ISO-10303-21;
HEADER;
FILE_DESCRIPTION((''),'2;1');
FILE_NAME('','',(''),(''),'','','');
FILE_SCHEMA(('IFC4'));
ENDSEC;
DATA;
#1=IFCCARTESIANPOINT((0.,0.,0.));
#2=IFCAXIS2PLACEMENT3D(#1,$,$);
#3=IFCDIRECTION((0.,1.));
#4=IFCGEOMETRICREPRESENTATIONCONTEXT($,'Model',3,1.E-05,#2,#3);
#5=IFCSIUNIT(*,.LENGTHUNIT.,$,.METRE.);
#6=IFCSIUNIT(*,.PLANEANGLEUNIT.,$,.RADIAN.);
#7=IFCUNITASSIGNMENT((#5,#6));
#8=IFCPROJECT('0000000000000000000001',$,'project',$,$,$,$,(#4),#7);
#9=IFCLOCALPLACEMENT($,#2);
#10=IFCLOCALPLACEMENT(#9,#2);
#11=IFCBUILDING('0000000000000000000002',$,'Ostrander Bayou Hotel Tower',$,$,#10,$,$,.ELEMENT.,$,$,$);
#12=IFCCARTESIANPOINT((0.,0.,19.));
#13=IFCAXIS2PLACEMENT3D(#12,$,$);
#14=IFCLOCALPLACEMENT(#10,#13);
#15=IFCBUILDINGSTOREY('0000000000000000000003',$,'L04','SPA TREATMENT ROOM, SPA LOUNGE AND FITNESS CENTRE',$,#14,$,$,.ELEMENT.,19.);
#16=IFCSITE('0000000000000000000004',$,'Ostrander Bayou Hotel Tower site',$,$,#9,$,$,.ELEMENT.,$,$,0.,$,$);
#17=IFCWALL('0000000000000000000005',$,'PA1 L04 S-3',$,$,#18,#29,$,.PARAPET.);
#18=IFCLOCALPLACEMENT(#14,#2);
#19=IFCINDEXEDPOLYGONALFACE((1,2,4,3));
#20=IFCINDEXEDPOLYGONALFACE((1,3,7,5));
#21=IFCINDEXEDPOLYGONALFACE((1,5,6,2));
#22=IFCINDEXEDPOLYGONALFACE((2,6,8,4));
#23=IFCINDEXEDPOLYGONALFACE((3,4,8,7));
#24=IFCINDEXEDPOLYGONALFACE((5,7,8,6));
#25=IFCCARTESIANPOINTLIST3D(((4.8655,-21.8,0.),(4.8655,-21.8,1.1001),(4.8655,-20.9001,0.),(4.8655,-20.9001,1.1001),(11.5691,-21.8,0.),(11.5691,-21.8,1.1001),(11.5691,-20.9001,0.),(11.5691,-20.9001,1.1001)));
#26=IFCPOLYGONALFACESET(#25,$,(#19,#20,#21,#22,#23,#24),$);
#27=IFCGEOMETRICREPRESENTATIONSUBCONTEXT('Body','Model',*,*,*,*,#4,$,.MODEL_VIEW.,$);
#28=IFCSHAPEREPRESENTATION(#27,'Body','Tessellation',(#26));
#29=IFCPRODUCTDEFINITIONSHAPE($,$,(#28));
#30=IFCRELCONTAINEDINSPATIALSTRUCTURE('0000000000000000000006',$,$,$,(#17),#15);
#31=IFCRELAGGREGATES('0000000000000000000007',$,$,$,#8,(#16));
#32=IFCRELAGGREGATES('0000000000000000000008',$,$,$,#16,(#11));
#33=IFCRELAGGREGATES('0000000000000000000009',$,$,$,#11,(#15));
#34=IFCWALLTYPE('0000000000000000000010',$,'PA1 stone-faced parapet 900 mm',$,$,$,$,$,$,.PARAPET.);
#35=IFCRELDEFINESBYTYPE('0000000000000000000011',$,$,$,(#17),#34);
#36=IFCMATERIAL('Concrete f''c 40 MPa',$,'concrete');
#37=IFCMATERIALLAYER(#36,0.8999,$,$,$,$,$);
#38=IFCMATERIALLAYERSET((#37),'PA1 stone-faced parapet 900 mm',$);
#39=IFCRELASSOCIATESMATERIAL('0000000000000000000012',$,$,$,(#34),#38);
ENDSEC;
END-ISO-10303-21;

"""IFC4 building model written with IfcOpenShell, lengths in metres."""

from ifc_helpers import new_model, si_unit, direction, frame, frame_2d, origin, place, context, subcontext, project, spatial, rectangle, extrude, material, layer, layer_set, type_object, element, save


model = new_model("IFC4")

# Units and contexts
model_context = context("Model", 3, precision=1e-05, world=origin(), true_north=direction((0.0, 1.0)))
body_context = subcontext(model_context, "Body", "Model", "MODEL_VIEW")
ifc_project = project(units=[si_unit("LENGTHUNIT", "METRE"), si_unit("PLANEANGLEUNIT", "RADIAN")], contexts=[model_context])

# Site, building, storey
site_placement = place(None, origin())
site = spatial("IfcSite", under=ifc_project, at=site_placement, Name="Ostrander Bayou Hotel Tower site", CompositionType="ELEMENT", RefElevation=0.0)
building_placement = place(site_placement, origin())
building = spatial("IfcBuilding", under=site, at=building_placement, Name="Ostrander Bayou Hotel Tower", CompositionType="ELEMENT")
storey_placement = place(building_placement, frame((0.0, 0.0, 19.0)))
storey = spatial("IfcBuildingStorey", under=building, at=storey_placement, Name="L04", Description="SPA TREATMENT ROOM, SPA LOUNGE AND FITNESS CENTRE", CompositionType="ELEMENT", Elevation=19.0)

# Wall
ifc_material_1 = material(Name="Concrete f'c 40 MPa", Category="concrete")
ifc_layer_1 = layer(ifc_material_1, 0.8999)
ifc_layer_set_1 = layer_set([ifc_layer_1], Name="PA1 stone-faced parapet 900 mm")
wall_type_1 = type_object("IfcWallType", Name="PA1 stone-faced parapet 900 mm", PredefinedType="PARAPET", material=ifc_layer_set_1)
wall_1_placement = place(storey_placement, frame((4.8655, -21.3501, 0.0), z_axis=(0.0, 0.0, 1.0), x_axis=(1.0, 0.0, 0.0)))
element("IfcWall", 1, at=wall_1_placement, inside=storey, type_object=wall_type_1, Name="PA1 L04 S-3", PredefinedType="PARAPET", context=body_context, shape_type="SweptSolid", body=[
    extrude(rectangle(XDim=6.7036, YDim=0.8999, at=frame_2d((3.3518, 0.0))), origin(), (0.0, 0.0, 1.0), 1.1001),
])

save(model, "model.ifc")
